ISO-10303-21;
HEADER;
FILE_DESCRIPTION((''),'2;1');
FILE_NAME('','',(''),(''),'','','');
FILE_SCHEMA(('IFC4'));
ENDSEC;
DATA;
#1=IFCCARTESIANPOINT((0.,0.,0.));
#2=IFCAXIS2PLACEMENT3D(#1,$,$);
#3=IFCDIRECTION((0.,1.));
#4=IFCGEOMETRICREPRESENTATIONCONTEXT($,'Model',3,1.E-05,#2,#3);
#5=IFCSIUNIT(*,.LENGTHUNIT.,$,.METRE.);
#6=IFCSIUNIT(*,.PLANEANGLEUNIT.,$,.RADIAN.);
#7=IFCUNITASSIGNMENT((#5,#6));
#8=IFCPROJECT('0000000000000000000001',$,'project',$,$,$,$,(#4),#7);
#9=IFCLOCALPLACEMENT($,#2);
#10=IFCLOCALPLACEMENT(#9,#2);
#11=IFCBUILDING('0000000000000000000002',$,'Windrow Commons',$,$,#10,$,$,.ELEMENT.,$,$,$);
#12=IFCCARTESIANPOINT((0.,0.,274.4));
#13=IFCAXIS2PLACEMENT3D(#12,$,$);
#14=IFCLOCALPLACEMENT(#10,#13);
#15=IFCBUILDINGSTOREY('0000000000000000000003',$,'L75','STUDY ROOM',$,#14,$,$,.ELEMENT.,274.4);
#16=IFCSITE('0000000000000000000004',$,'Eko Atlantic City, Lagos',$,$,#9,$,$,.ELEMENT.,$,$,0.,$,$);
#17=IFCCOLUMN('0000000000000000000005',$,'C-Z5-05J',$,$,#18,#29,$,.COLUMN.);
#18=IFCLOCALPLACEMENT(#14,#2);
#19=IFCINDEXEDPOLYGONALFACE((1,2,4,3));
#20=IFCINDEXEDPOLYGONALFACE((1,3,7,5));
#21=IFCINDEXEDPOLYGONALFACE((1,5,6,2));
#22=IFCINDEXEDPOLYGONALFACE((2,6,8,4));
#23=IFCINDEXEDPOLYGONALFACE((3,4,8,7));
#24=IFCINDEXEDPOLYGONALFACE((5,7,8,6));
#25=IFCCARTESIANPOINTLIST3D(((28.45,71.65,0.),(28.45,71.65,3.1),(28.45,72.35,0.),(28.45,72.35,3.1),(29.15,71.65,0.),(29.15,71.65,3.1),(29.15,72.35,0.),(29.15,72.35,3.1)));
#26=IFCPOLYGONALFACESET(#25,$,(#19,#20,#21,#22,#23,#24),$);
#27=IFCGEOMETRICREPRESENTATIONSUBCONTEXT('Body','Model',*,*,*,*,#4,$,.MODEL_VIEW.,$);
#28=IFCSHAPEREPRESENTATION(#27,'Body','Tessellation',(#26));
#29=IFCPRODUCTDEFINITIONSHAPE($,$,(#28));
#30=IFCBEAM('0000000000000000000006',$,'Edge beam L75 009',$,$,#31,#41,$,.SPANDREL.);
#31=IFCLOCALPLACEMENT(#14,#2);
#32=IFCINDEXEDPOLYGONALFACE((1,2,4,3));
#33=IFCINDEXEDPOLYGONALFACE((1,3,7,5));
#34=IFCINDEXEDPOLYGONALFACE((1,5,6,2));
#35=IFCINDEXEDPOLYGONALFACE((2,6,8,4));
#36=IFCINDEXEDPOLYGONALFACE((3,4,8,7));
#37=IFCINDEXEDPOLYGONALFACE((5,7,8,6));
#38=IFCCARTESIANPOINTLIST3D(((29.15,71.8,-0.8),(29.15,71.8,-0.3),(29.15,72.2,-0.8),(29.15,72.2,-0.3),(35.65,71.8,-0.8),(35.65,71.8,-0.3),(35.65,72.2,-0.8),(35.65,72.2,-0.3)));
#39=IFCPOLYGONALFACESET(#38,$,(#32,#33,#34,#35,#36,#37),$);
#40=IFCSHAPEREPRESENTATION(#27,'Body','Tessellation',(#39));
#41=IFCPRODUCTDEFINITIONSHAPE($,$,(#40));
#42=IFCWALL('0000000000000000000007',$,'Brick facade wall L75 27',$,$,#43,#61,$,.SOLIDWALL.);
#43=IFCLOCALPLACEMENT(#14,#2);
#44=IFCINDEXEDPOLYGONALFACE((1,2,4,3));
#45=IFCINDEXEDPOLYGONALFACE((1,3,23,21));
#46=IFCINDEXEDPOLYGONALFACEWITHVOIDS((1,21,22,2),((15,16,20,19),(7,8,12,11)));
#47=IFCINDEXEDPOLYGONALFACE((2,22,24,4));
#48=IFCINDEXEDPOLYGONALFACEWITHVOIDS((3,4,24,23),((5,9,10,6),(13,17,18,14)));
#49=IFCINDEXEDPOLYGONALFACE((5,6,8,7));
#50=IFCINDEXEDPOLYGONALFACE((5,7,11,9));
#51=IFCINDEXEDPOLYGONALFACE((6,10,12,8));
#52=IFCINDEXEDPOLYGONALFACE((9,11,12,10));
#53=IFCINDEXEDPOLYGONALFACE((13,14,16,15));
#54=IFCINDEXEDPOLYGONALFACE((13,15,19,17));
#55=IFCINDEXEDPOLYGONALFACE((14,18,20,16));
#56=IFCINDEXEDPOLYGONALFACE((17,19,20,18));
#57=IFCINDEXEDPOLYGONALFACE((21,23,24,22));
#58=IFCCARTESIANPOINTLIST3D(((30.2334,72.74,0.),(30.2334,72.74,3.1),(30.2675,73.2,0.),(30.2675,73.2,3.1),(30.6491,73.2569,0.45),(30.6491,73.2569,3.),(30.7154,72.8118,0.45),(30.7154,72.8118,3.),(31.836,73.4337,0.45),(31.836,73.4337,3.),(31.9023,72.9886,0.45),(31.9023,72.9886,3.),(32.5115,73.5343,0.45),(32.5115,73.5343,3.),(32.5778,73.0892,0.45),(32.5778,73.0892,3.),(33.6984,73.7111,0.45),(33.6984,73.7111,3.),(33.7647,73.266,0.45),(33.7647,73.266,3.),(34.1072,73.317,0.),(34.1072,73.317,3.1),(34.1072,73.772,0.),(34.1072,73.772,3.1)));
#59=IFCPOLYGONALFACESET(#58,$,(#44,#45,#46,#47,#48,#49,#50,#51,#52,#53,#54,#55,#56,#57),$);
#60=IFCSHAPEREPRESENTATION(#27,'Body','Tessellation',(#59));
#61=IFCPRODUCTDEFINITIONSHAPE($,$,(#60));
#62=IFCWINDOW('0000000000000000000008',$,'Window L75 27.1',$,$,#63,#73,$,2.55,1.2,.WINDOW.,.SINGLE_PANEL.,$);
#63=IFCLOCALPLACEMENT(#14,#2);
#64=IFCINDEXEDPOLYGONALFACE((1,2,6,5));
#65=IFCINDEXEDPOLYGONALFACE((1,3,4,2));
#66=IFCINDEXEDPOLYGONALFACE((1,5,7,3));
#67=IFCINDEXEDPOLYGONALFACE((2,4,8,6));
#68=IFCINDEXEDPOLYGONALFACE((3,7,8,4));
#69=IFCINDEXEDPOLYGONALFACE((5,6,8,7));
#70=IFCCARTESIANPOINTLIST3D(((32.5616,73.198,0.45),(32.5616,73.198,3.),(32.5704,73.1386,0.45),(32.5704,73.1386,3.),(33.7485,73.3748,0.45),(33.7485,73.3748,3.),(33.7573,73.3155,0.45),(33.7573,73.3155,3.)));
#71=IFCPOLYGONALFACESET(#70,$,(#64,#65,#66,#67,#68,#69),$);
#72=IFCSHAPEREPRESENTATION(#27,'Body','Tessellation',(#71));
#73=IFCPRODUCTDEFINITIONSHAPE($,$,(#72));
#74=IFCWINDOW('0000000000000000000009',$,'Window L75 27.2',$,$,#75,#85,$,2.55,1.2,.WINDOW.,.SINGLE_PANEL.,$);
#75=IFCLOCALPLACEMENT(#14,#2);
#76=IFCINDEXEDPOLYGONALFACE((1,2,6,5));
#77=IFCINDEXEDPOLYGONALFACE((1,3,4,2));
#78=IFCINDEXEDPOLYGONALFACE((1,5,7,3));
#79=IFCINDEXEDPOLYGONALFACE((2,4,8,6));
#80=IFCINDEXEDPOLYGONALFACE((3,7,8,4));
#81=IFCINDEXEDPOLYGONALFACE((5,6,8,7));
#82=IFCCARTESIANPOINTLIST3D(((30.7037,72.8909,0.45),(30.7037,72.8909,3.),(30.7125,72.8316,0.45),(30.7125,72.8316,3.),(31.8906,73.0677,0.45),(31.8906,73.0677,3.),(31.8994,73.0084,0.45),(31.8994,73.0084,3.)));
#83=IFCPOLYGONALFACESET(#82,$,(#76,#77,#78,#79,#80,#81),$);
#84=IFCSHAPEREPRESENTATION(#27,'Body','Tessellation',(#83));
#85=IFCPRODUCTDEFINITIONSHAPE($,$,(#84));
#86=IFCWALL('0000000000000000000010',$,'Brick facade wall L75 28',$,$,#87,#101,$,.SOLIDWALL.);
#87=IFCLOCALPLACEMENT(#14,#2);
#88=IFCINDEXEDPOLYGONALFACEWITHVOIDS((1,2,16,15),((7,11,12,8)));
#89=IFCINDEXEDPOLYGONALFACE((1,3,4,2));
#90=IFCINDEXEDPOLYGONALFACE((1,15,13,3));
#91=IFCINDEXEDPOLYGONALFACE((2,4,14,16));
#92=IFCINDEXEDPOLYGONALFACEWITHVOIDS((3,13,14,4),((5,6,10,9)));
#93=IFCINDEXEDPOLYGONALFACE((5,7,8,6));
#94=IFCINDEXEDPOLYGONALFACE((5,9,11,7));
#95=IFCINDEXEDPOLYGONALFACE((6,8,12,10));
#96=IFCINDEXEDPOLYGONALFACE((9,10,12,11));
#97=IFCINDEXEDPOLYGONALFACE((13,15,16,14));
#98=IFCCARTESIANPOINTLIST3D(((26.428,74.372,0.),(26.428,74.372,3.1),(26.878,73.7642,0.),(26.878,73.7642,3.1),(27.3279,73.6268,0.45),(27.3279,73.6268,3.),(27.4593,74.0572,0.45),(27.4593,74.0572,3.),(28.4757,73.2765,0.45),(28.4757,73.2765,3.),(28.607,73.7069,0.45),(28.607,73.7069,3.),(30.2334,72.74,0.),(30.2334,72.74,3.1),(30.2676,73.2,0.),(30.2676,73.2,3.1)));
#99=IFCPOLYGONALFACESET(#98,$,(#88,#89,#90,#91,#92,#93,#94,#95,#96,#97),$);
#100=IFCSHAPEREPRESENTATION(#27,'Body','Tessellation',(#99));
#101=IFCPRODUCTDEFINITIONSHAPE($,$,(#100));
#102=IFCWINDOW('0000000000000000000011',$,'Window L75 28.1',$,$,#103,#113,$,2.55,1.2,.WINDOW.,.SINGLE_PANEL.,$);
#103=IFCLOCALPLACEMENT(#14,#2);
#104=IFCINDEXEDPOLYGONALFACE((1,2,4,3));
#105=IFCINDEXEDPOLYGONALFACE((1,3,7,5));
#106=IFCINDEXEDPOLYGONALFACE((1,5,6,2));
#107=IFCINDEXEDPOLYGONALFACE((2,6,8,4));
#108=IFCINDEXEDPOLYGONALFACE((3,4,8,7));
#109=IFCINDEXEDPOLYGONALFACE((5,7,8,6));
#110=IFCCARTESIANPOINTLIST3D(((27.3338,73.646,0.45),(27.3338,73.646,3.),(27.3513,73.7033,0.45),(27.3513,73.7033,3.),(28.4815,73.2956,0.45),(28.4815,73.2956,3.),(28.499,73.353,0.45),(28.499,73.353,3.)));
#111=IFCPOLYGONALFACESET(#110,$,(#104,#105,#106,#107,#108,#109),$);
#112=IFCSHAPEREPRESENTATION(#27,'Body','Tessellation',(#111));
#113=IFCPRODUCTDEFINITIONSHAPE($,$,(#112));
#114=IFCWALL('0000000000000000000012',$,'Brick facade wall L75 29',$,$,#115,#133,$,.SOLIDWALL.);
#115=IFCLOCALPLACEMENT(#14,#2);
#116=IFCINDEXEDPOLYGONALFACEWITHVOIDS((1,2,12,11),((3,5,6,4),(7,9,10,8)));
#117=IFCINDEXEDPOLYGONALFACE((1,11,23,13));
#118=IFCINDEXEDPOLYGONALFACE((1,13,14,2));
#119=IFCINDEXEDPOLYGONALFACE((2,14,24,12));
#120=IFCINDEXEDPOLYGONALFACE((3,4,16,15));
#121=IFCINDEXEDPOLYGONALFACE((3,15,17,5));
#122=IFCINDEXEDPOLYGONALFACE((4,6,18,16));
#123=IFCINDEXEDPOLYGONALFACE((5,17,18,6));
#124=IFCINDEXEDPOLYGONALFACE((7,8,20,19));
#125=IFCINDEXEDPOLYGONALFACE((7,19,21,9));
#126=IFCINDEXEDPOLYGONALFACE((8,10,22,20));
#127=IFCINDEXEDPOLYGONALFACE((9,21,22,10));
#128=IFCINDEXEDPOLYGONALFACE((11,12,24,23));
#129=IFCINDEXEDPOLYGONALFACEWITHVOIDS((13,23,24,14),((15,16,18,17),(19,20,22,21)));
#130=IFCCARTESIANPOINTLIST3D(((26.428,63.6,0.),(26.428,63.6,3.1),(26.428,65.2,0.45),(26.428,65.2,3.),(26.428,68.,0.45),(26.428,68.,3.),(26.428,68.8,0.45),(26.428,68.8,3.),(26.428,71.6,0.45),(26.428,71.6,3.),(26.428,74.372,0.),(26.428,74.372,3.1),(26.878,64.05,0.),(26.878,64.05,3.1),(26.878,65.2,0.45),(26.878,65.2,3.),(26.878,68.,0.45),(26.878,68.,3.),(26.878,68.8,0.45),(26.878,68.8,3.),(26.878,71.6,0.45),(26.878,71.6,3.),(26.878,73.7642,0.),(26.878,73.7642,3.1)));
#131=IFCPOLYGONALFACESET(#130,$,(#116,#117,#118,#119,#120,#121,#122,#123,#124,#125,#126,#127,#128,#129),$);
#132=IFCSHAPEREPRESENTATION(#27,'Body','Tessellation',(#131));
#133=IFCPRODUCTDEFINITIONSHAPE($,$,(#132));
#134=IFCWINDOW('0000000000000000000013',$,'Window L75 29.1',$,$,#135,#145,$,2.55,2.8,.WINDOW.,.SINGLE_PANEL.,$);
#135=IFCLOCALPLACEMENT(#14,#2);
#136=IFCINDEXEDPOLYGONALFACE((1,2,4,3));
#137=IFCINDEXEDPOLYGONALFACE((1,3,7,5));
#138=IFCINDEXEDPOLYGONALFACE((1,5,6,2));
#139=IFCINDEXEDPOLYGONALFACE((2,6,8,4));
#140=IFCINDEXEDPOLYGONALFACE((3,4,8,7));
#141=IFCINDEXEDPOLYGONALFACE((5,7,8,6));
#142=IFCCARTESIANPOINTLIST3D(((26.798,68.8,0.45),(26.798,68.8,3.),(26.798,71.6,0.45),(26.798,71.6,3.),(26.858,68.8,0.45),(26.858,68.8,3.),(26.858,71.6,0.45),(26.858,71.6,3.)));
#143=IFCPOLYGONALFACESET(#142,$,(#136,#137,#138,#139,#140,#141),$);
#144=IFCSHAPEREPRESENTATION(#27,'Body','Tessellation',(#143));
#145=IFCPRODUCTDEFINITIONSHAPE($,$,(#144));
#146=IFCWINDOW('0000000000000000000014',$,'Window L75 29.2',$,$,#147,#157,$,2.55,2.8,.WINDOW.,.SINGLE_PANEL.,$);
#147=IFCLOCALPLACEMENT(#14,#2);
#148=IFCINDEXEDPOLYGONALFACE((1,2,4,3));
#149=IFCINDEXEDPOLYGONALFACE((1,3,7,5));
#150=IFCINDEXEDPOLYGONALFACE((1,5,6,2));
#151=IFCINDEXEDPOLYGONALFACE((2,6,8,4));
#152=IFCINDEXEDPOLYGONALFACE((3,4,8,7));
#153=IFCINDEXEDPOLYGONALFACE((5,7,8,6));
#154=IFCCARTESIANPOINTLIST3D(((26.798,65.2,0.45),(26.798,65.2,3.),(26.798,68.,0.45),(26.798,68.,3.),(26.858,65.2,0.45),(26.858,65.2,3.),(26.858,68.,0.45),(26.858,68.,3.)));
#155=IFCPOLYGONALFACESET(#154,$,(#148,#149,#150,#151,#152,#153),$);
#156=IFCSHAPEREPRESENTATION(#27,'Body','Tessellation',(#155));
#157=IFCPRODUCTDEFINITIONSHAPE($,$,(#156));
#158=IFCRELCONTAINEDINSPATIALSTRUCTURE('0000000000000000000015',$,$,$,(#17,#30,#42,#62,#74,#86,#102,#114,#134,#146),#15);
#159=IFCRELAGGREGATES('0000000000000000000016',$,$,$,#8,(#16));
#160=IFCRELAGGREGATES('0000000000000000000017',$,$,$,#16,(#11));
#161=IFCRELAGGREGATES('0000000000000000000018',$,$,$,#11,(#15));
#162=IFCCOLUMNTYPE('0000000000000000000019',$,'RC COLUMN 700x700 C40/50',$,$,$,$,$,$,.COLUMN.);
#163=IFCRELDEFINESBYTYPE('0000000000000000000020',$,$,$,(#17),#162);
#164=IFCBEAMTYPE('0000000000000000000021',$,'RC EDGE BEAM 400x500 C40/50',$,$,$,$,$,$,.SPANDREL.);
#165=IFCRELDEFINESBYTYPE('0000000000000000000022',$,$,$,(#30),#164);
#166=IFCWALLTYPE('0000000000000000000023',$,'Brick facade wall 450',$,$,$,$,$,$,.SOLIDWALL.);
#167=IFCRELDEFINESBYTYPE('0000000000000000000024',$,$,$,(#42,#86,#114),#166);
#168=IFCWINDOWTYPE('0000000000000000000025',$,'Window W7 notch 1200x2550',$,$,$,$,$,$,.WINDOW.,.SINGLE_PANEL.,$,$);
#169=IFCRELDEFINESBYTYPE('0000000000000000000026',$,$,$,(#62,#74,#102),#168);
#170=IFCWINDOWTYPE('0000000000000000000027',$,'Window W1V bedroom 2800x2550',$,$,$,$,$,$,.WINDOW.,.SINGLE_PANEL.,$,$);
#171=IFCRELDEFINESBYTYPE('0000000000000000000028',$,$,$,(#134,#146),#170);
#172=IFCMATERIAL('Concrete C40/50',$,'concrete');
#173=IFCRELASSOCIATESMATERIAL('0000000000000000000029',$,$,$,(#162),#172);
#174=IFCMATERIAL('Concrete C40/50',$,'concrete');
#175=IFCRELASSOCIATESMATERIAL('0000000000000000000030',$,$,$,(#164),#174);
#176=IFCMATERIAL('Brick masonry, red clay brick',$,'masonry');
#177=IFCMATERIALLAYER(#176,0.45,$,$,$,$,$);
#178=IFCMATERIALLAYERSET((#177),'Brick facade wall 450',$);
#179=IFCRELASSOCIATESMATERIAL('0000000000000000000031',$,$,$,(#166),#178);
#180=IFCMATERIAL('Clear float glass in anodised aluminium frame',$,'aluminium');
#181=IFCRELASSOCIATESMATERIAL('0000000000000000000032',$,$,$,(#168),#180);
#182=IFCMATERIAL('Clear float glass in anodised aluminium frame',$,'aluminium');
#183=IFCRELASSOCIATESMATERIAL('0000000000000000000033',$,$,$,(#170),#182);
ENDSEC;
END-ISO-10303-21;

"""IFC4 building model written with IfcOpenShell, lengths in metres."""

from ifc_helpers import new_model, si_unit, direction, frame, frame_2d, origin, origin_2d, place, context, subcontext, project, spatial, polyline, rectangle, outline, extrude, material, layer, layer_set, material_profile, profile_set, type_object, element, fill, save


model = new_model("IFC4")

# Units and contexts
model_context = context("Model", 3, precision=1e-05, world=origin(), true_north=direction((0.0, 1.0)))
body_context = subcontext(model_context, "Body", "Model", "MODEL_VIEW")
ifc_project = project(units=[si_unit("LENGTHUNIT", "METRE"), si_unit("PLANEANGLEUNIT", "RADIAN")], contexts=[model_context])

# Site, building, storey
site_placement = place(None, origin())
site = spatial("IfcSite", under=ifc_project, at=site_placement, Name="Eko Atlantic City, Lagos", CompositionType="ELEMENT", RefElevation=0.0)
building_placement = place(site_placement, origin())
building = spatial("IfcBuilding", under=site, at=building_placement, Name="Windrow Commons", CompositionType="ELEMENT")
storey_placement = place(building_placement, frame((0.0, 0.0, 274.4)))
storey = spatial("IfcBuildingStorey", under=building, at=storey_placement, Name="L75", Description="STUDY ROOM", CompositionType="ELEMENT", Elevation=274.4)

# Column
ifc_material_1 = material(Name="Concrete C40/50", Category="concrete")
ifc_material_profile_1 = material_profile(ifc_material_1, rectangle(XDim=0.7, YDim=0.7, at=origin_2d()))
ifc_profile_set_1 = profile_set([ifc_material_profile_1], Name="Concrete C40/50")
column_type = type_object("IfcColumnType", Name="RC COLUMN 700x700 C40/50", PredefinedType="COLUMN", material=ifc_profile_set_1)
column_placement = place(storey_placement, frame((28.8, 72.0, 0.0), z_axis=(0.0, 0.0, 1.0), x_axis=(1.0, 0.0, 0.0)))
element("IfcColumn", 1, at=column_placement, inside=storey, type_object=column_type, Name="C-Z5-05J", PredefinedType="COLUMN", context=body_context, shape_type="SweptSolid", body=[
    extrude(rectangle(XDim=0.7, YDim=0.7, at=origin_2d()), origin(), (0.0, 0.0, 1.0), 3.1),
])

# Beam
ifc_material_2 = material(Name="Concrete C40/50", Category="concrete")
ifc_material_profile_2 = material_profile(ifc_material_2, rectangle(XDim=0.4, YDim=0.5, at=origin_2d()))
ifc_profile_set_2 = profile_set([ifc_material_profile_2], Name="Concrete C40/50")
beam_type = type_object("IfcBeamType", Name="RC EDGE BEAM 400x500 C40/50", PredefinedType="SPANDREL", material=ifc_profile_set_2)
beam_placement = place(storey_placement, frame((29.15, 72.0, -0.55), z_axis=(1.0, 0.0, 0.0), x_axis=(0.0, 1.0, 0.0)))
element("IfcBeam", 2, at=beam_placement, inside=storey, type_object=beam_type, Name="Edge beam L75 009", PredefinedType="SPANDREL", context=body_context, shape_type="SweptSolid", body=[
    extrude(rectangle(XDim=0.4, YDim=0.5, at=origin_2d()), origin(), (0.0, 0.0, 1.0), 6.5),
])

# Wall, openings, windows
ifc_material_3 = material(Name="Brick masonry, red clay brick", Category="masonry")
ifc_layer_1 = layer(ifc_material_3, 0.45)
ifc_layer_set_1 = layer_set([ifc_layer_1], Name="Brick facade wall 450")
wall_type_1 = type_object("IfcWallType", Name="Brick facade wall 450", PredefinedType="SOLIDWALL", material=ifc_layer_set_1)
wall_1_placement = place(storey_placement, frame((34.1072, 73.5445, 0.0), z_axis=(0.0, 0.0, 1.0), x_axis=(-0.989087, -0.147336, 0.0)))
wall_1 = element("IfcWall", 3, at=wall_1_placement, inside=storey, type_object=wall_type_1, Name="Brick facade wall L75 27", PredefinedType="SOLIDWALL", context=body_context, shape_type="SweptSolid", body=[
    extrude(outline(polyline([(-0.0335, -0.225), (3.8485, -0.225), (3.9501, 0.225), (0.0335, 0.225), (-0.0335, -0.225)])), origin(), (0.0, 0.0, 1.0), 3.1),
])
opening_1_placement = place(wall_1_placement, frame((0.3798, 0.0, 0.45)))
opening_1 = element("IfcOpeningElement", 4, at=opening_1_placement, cuts=wall_1, PredefinedType="OPENING", context=body_context, shape_type="SweptSolid", body=[
    extrude(rectangle(XDim=1.2, YDim=2.55, at=frame_2d((0.6, 1.275))), frame((0.0, 0.235, 0.0), z_axis=(0.0, -1.0, 0.0), x_axis=(1.0, 0.0, 0.0)), (0.0, 0.0, 1.0), 0.47),
])
opening_2_placement = place(wall_1_placement, frame((2.2627, 0.0, 0.45)))
opening_2 = element("IfcOpeningElement", 5, at=opening_2_placement, cuts=wall_1, PredefinedType="OPENING", context=body_context, shape_type="SweptSolid", body=[
    extrude(rectangle(XDim=1.2, YDim=2.55, at=frame_2d((0.6, 1.275))), frame((0.0, 0.235, 0.0), z_axis=(0.0, -1.0, 0.0), x_axis=(1.0, 0.0, 0.0)), (0.0, 0.0, 1.0), 0.47),
])
ifc_material_4 = material(Name="Clear float glass in anodised aluminium frame", Category="aluminium")
window_type_1 = type_object("IfcWindowType", Name="Window W7 notch 1200x2550", PartitioningType="SINGLE_PANEL", PredefinedType="WINDOW", material=ifc_material_4)
window_1_placement = place(opening_1_placement, origin())
window_1 = element("IfcWindow", 6, at=window_1_placement, inside=storey, type_object=window_type_1, Name="Window L75 27.1", OverallHeight=2.55, OverallWidth=1.2, PartitioningType="SINGLE_PANEL", PredefinedType="WINDOW", context=body_context, shape_type="SweptSolid", body=[
    extrude(rectangle(XDim=1.2, YDim=2.55, at=frame_2d((0.6, 1.275))), frame((0.0, 0.175, 0.0), z_axis=(0.0, -1.0, 0.0), x_axis=(1.0, 0.0, 0.0)), (0.0, 0.0, 1.0), 0.06),
])
fill(opening_1, window_1)
window_2_placement = place(opening_2_placement, origin())
window_2 = element("IfcWindow", 7, at=window_2_placement, inside=storey, type_object=window_type_1, Name="Window L75 27.2", OverallHeight=2.55, OverallWidth=1.2, PartitioningType="SINGLE_PANEL", PredefinedType="WINDOW", context=body_context, shape_type="SweptSolid", body=[
    extrude(rectangle(XDim=1.2, YDim=2.55, at=frame_2d((0.6, 1.275))), frame((0.0, 0.205, 0.0), z_axis=(0.0, -1.0, 0.0), x_axis=(1.0, 0.0, 0.0)), (0.0, 0.0, 1.0), 0.06),
])
fill(opening_2, window_2)

# Wall, opening, window
wall_2_placement = place(storey_placement, frame((30.2505, 72.97, 0.0), z_axis=(0.0, 0.0, 1.0), x_axis=(-0.956436, 0.291942, 0.0)))
wall_2 = element("IfcWall", 8, at=wall_2_placement, inside=storey, type_object=wall_type_1, Name="Brick facade wall L75 28", PredefinedType="SOLIDWALL", context=body_context, shape_type="SweptSolid", body=[
    extrude(outline(polyline([(0.0508, -0.225), (4.0653, -0.225), (3.4574, 0.225), (-0.0508, 0.225), (0.0508, -0.225)])), origin(), (0.0, 0.0, 1.0), 3.1),
])
opening_3_placement = place(wall_2_placement, frame((1.787, 0.0, 0.45)))
opening_3 = element("IfcOpeningElement", 9, at=opening_3_placement, cuts=wall_2, PredefinedType="OPENING", context=body_context, shape_type="SweptSolid", body=[
    extrude(rectangle(XDim=1.2, YDim=2.55, at=frame_2d((0.6, 1.275))), frame((0.0, 0.235, 0.0), z_axis=(0.0, -1.0, 0.0), x_axis=(1.0, 0.0, 0.0)), (0.0, 0.0, 1.0), 0.47),
])
window_3_placement = place(opening_3_placement, origin())
window_3 = element("IfcWindow", 10, at=window_3_placement, inside=storey, type_object=window_type_1, Name="Window L75 28.1", OverallHeight=2.55, OverallWidth=1.2, PartitioningType="SINGLE_PANEL", PredefinedType="WINDOW", context=body_context, shape_type="SweptSolid", body=[
    extrude(rectangle(XDim=1.2, YDim=2.55, at=frame_2d((0.6, 1.275))), frame((0.0, 0.205, 0.0), z_axis=(0.0, -1.0, 0.0), x_axis=(1.0, 0.0, 0.0)), (0.0, 0.0, 1.0), 0.06),
])
fill(opening_3, window_3)

# Wall, openings, windows
wall_3_placement = place(storey_placement, frame((26.653, 74.0681, 0.0), z_axis=(0.0, 0.0, 1.0), x_axis=(0.0, -1.0, 0.0)))
wall_3 = element("IfcWall", 11, at=wall_3_placement, inside=storey, type_object=wall_type_1, Name="Brick facade wall L75 29", PredefinedType="SOLIDWALL", context=body_context, shape_type="SweptSolid", body=[
    extrude(outline(polyline([(-0.3039, -0.225), (10.4681, -0.225), (10.0181, 0.225), (0.3039, 0.225), (-0.3039, -0.225)])), origin(), (0.0, 0.0, 1.0), 3.1),
])
opening_4_placement = place(wall_3_placement, frame((2.4681, 0.0, 0.45)))
opening_4 = element("IfcOpeningElement", 12, at=opening_4_placement, cuts=wall_3, PredefinedType="OPENING", context=body_context, shape_type="SweptSolid", body=[
    extrude(rectangle(XDim=2.8, YDim=2.55, at=frame_2d((1.4, 1.275))), frame((0.0, 0.235, 0.0), z_axis=(0.0, -1.0, 0.0), x_axis=(1.0, 0.0, 0.0)), (0.0, 0.0, 1.0), 0.47),
])
opening_5_placement = place(wall_3_placement, frame((6.0681, 0.0, 0.45)))
opening_5 = element("IfcOpeningElement", 13, at=opening_5_placement, cuts=wall_3, PredefinedType="OPENING", context=body_context, shape_type="SweptSolid", body=[
    extrude(rectangle(XDim=2.8, YDim=2.55, at=frame_2d((1.4, 1.275))), frame((0.0, 0.235, 0.0), z_axis=(0.0, -1.0, 0.0), x_axis=(1.0, 0.0, 0.0)), (0.0, 0.0, 1.0), 0.47),
])
ifc_material_5 = material(Name="Clear float glass in anodised aluminium frame", Category="aluminium")
window_type_2 = type_object("IfcWindowType", Name="Window W1V bedroom 2800x2550", PartitioningType="SINGLE_PANEL", PredefinedType="WINDOW", material=ifc_material_5)
window_4_placement = place(opening_4_placement, origin())
window_4 = element("IfcWindow", 14, at=window_4_placement, inside=storey, type_object=window_type_2, Name="Window L75 29.1", OverallHeight=2.55, OverallWidth=2.8, PartitioningType="SINGLE_PANEL", PredefinedType="WINDOW", context=body_context, shape_type="SweptSolid", body=[
    extrude(rectangle(XDim=2.8, YDim=2.55, at=frame_2d((1.4, 1.275))), frame((0.0, 0.205, 0.0), z_axis=(0.0, -1.0, 0.0), x_axis=(1.0, 0.0, 0.0)), (0.0, 0.0, 1.0), 0.06),
])
fill(opening_4, window_4)
window_5_placement = place(opening_5_placement, origin())
window_5 = element("IfcWindow", 15, at=window_5_placement, inside=storey, type_object=window_type_2, Name="Window L75 29.2", OverallHeight=2.55, OverallWidth=2.8, PartitioningType="SINGLE_PANEL", PredefinedType="WINDOW", context=body_context, shape_type="SweptSolid", body=[
    extrude(rectangle(XDim=2.8, YDim=2.55, at=frame_2d((1.4, 1.275))), frame((0.0, 0.205, 0.0), z_axis=(0.0, -1.0, 0.0), x_axis=(1.0, 0.0, 0.0)), (0.0, 0.0, 1.0), 0.06),
])
fill(opening_5, window_5)

save(model, "model.ifc")
